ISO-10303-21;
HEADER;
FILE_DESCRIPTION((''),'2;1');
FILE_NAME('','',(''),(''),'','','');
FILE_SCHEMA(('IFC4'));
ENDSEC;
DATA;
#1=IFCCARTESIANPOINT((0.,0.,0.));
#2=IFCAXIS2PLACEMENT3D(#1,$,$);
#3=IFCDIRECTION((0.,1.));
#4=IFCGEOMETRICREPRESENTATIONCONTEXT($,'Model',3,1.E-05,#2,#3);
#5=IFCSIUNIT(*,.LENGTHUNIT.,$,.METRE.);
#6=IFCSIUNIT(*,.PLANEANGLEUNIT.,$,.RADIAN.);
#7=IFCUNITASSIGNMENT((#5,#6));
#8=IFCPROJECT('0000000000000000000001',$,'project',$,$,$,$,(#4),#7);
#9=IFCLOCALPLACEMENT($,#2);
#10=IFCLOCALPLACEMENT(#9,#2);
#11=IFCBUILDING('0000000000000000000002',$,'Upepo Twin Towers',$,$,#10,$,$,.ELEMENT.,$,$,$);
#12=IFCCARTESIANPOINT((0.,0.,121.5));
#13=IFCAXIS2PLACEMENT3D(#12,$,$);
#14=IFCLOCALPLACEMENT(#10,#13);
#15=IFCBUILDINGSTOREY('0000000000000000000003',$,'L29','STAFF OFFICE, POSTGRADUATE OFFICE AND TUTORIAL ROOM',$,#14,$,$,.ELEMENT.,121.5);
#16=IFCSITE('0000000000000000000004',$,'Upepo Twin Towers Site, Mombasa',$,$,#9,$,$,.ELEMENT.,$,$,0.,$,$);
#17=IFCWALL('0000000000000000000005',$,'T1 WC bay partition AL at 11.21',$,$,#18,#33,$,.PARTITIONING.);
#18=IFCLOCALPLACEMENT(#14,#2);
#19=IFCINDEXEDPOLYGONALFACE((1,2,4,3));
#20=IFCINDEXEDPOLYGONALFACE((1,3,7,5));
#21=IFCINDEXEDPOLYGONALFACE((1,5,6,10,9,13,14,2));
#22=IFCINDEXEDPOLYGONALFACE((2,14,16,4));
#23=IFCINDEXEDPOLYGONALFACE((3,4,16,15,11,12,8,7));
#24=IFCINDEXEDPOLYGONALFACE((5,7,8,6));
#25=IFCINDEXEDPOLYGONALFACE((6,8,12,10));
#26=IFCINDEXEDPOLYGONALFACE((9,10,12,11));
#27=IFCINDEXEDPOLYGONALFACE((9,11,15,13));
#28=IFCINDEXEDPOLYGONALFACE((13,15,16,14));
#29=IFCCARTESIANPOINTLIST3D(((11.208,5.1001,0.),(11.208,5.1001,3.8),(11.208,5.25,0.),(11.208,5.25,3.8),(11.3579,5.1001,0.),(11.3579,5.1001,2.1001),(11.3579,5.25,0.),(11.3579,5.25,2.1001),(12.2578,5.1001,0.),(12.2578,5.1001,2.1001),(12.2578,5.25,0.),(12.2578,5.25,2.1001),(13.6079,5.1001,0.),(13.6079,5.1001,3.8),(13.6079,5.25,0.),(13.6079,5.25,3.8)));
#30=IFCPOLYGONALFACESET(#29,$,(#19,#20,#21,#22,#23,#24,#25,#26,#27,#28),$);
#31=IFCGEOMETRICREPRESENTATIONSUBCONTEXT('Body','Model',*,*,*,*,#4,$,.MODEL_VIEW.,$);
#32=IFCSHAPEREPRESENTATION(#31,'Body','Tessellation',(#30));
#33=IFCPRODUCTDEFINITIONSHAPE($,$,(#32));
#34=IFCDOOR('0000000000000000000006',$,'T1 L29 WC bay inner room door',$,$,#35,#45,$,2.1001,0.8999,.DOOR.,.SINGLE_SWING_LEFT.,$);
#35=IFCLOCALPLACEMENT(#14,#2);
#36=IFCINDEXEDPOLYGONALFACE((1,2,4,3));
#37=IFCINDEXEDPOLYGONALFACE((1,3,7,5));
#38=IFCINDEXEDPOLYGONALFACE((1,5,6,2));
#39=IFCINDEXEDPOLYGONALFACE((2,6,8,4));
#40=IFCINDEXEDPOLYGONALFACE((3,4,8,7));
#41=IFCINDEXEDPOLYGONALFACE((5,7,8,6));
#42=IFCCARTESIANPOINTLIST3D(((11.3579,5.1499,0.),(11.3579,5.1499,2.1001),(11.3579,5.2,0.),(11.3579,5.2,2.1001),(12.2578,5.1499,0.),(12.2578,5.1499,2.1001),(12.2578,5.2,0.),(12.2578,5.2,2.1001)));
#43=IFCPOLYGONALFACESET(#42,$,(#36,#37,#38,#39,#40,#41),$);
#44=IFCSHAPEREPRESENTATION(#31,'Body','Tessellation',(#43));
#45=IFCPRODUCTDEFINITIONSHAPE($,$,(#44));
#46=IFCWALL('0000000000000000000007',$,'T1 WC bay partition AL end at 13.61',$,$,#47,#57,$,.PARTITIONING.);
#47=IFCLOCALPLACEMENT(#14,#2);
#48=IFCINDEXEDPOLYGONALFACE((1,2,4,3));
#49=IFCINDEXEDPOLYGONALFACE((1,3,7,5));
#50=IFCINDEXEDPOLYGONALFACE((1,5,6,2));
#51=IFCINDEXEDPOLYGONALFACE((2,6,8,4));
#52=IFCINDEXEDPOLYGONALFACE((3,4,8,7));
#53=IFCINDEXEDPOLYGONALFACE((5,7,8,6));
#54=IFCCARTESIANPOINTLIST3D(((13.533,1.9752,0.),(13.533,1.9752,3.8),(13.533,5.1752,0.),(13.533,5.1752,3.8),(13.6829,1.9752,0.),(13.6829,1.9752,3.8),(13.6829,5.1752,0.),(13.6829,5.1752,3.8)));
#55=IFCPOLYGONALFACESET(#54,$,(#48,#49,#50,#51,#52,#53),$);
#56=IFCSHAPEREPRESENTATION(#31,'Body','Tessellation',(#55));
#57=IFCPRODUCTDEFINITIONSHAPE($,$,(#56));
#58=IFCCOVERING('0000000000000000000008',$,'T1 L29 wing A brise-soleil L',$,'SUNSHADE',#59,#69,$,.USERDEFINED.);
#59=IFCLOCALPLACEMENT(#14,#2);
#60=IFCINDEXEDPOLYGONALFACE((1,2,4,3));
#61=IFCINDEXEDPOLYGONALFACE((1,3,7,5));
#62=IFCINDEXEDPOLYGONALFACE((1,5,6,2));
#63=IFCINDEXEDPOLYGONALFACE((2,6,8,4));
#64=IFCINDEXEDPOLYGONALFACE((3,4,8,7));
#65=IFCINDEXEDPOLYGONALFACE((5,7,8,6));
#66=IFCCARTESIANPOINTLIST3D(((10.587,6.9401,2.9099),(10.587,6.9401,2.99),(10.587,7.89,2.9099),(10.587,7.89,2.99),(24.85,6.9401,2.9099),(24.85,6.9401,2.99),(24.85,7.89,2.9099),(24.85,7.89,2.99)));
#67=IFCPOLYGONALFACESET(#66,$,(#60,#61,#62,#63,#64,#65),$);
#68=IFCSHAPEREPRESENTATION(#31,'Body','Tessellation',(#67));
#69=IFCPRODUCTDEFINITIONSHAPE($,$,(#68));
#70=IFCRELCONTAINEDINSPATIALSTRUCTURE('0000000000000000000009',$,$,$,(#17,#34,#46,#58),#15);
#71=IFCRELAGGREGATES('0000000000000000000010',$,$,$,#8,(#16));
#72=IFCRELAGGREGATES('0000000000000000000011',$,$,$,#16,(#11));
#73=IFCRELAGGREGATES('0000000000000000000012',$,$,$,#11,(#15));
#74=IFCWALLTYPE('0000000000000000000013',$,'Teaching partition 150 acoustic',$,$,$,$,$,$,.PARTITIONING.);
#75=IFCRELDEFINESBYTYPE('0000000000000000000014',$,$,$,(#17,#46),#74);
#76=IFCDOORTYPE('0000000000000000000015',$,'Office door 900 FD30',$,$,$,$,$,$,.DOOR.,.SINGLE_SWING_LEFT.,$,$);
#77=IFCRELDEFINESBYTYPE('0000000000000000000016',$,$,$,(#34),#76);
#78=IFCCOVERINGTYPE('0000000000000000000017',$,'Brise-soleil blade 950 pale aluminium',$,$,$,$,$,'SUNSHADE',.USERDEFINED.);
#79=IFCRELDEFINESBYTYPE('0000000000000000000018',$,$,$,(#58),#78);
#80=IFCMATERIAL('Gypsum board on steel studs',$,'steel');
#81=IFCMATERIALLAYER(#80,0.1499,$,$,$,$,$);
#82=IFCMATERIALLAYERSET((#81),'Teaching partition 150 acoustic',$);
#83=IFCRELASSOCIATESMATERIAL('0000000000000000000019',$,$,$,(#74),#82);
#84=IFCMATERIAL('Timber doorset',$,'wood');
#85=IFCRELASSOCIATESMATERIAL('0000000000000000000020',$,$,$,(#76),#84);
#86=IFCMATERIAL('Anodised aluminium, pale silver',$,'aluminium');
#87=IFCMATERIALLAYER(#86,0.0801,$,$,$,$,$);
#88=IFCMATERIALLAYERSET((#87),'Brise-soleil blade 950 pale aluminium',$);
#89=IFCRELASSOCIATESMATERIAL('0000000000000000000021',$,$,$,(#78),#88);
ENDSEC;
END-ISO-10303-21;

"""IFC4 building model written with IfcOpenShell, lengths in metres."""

from ifc_helpers import new_model, si_unit, direction, frame, frame_2d, origin, origin_2d, place, context, subcontext, project, spatial, rectangle, extrude, material, layer, layer_set, type_object, element, fill, save


model = new_model("IFC4")

# Units and contexts
model_context = context("Model", 3, precision=1e-05, world=origin(), true_north=direction((0.0, 1.0)))
body_context = subcontext(model_context, "Body", "Model", "MODEL_VIEW")
ifc_project = project(units=[si_unit("LENGTHUNIT", "METRE"), si_unit("PLANEANGLEUNIT", "RADIAN")], contexts=[model_context])

# Site, building, storey
site_placement = place(None, origin())
site = spatial("IfcSite", under=ifc_project, at=site_placement, Name="Upepo Twin Towers Site, Mombasa", CompositionType="ELEMENT", RefElevation=0.0)
building_placement = place(site_placement, origin())
building = spatial("IfcBuilding", under=site, at=building_placement, Name="Upepo Twin Towers", CompositionType="ELEMENT")
storey_placement = place(building_placement, frame((0.0, 0.0, 121.5)))
storey = spatial("IfcBuildingStorey", under=building, at=storey_placement, Name="L29", Description="STAFF OFFICE, POSTGRADUATE OFFICE AND TUTORIAL ROOM", CompositionType="ELEMENT", Elevation=121.5)

# Shared definitions
ifc_material_1 = material(Name="Gypsum board on steel studs", Category="steel")
ifc_layer_1 = layer(ifc_material_1, 0.1499)
ifc_layer_set_1 = layer_set([ifc_layer_1], Name="Teaching partition 150 acoustic")
wall_type_1 = type_object("IfcWallType", Name="Teaching partition 150 acoustic", PredefinedType="PARTITIONING", material=ifc_layer_set_1)

# Wall, opening, door
wall_1_placement = place(storey_placement, frame((11.208, 5.175, 0.0), z_axis=(0.0, 0.0, 1.0), x_axis=(1.0, 0.0, 0.0)))
wall_1 = element("IfcWall", 1, at=wall_1_placement, inside=storey, type_object=wall_type_1, Name="T1 WC bay partition AL at 11.21", PredefinedType="PARTITIONING", context=body_context, shape_type="SweptSolid", body=[
    extrude(rectangle(XDim=2.3999, YDim=0.1499, at=frame_2d((1.2, 0.0))), origin(), (0.0, 0.0, 1.0), 3.8),
])
opening_1_placement = place(wall_1_placement, frame((0.1499, 0.0, 0.0)))
opening_1 = element("IfcOpeningElement", 2, at=opening_1_placement, cuts=wall_1, PredefinedType="OPENING", context=body_context, shape_type="SweptSolid", body=[
    extrude(rectangle(XDim=0.8999, YDim=2.1001, at=frame_2d((0.45, 1.05))), frame((0.0, 0.085, 0.0), z_axis=(0.0, -1.0, 0.0), x_axis=(1.0, 0.0, 0.0)), (0.0, 0.0, 1.0), 0.1699),
])
ifc_material_2 = material(Name="Timber doorset", Category="wood")
door_type_1 = type_object("IfcDoorType", Name="Office door 900 FD30", OperationType="SINGLE_SWING_LEFT", PredefinedType="DOOR", material=ifc_material_2)
door_1_placement = place(opening_1_placement, origin())
door_1 = element("IfcDoor", 3, at=door_1_placement, inside=storey, type_object=door_type_1, Name="T1 L29 WC bay inner room door", OperationType="SINGLE_SWING_LEFT", OverallHeight=2.1001, OverallWidth=0.8999, PredefinedType="DOOR", context=body_context, shape_type="SweptSolid", body=[
    extrude(rectangle(XDim=0.8999, YDim=2.1001, at=frame_2d((0.45, 1.05))), frame((0.0, 0.0249, 0.0), z_axis=(0.0, -1.0, 0.0), x_axis=(1.0, 0.0, 0.0)), (0.0, 0.0, 1.0), 0.05),
])
fill(opening_1, door_1)

# Wall
wall_2_placement = place(storey_placement, frame((13.6079, 1.9751, 0.0), z_axis=(0.0, 0.0, 1.0), x_axis=(0.0, 1.0, 0.0)))
element("IfcWall", 4, at=wall_2_placement, inside=storey, type_object=wall_type_1, Name="T1 WC bay partition AL end at 13.61", PredefinedType="PARTITIONING", context=body_context, shape_type="SweptSolid", body=[
    extrude(rectangle(XDim=3.2, YDim=0.1499, at=frame_2d((1.6001, 0.0))), origin(), (0.0, 0.0, 1.0), 3.8),
])

# Covering
ifc_material_3 = material(Name="Anodised aluminium, pale silver", Category="aluminium")
ifc_layer_2 = layer(ifc_material_3, 0.0801)
ifc_layer_set_2 = layer_set([ifc_layer_2], Name="Brise-soleil blade 950 pale aluminium")
covering_type = type_object("IfcCoveringType", Name="Brise-soleil blade 950 pale aluminium", ElementType="SUNSHADE", PredefinedType="USERDEFINED", material=ifc_layer_set_2)
covering_placement = place(storey_placement, frame((17.7185, 7.415, 2.9099), z_axis=(0.0, 0.0, 1.0), x_axis=(1.0, 0.0, 0.0)))
element("IfcCovering", 5, at=covering_placement, inside=storey, type_object=covering_type, Name="T1 L29 wing A brise-soleil L", ObjectType="SUNSHADE", PredefinedType="USERDEFINED", context=body_context, shape_type="SweptSolid", body=[
    extrude(rectangle(XDim=14.2629, YDim=0.95, at=origin_2d()), origin(), (0.0, 0.0, 1.0), 0.0801),
])

save(model, "model.ifc")
